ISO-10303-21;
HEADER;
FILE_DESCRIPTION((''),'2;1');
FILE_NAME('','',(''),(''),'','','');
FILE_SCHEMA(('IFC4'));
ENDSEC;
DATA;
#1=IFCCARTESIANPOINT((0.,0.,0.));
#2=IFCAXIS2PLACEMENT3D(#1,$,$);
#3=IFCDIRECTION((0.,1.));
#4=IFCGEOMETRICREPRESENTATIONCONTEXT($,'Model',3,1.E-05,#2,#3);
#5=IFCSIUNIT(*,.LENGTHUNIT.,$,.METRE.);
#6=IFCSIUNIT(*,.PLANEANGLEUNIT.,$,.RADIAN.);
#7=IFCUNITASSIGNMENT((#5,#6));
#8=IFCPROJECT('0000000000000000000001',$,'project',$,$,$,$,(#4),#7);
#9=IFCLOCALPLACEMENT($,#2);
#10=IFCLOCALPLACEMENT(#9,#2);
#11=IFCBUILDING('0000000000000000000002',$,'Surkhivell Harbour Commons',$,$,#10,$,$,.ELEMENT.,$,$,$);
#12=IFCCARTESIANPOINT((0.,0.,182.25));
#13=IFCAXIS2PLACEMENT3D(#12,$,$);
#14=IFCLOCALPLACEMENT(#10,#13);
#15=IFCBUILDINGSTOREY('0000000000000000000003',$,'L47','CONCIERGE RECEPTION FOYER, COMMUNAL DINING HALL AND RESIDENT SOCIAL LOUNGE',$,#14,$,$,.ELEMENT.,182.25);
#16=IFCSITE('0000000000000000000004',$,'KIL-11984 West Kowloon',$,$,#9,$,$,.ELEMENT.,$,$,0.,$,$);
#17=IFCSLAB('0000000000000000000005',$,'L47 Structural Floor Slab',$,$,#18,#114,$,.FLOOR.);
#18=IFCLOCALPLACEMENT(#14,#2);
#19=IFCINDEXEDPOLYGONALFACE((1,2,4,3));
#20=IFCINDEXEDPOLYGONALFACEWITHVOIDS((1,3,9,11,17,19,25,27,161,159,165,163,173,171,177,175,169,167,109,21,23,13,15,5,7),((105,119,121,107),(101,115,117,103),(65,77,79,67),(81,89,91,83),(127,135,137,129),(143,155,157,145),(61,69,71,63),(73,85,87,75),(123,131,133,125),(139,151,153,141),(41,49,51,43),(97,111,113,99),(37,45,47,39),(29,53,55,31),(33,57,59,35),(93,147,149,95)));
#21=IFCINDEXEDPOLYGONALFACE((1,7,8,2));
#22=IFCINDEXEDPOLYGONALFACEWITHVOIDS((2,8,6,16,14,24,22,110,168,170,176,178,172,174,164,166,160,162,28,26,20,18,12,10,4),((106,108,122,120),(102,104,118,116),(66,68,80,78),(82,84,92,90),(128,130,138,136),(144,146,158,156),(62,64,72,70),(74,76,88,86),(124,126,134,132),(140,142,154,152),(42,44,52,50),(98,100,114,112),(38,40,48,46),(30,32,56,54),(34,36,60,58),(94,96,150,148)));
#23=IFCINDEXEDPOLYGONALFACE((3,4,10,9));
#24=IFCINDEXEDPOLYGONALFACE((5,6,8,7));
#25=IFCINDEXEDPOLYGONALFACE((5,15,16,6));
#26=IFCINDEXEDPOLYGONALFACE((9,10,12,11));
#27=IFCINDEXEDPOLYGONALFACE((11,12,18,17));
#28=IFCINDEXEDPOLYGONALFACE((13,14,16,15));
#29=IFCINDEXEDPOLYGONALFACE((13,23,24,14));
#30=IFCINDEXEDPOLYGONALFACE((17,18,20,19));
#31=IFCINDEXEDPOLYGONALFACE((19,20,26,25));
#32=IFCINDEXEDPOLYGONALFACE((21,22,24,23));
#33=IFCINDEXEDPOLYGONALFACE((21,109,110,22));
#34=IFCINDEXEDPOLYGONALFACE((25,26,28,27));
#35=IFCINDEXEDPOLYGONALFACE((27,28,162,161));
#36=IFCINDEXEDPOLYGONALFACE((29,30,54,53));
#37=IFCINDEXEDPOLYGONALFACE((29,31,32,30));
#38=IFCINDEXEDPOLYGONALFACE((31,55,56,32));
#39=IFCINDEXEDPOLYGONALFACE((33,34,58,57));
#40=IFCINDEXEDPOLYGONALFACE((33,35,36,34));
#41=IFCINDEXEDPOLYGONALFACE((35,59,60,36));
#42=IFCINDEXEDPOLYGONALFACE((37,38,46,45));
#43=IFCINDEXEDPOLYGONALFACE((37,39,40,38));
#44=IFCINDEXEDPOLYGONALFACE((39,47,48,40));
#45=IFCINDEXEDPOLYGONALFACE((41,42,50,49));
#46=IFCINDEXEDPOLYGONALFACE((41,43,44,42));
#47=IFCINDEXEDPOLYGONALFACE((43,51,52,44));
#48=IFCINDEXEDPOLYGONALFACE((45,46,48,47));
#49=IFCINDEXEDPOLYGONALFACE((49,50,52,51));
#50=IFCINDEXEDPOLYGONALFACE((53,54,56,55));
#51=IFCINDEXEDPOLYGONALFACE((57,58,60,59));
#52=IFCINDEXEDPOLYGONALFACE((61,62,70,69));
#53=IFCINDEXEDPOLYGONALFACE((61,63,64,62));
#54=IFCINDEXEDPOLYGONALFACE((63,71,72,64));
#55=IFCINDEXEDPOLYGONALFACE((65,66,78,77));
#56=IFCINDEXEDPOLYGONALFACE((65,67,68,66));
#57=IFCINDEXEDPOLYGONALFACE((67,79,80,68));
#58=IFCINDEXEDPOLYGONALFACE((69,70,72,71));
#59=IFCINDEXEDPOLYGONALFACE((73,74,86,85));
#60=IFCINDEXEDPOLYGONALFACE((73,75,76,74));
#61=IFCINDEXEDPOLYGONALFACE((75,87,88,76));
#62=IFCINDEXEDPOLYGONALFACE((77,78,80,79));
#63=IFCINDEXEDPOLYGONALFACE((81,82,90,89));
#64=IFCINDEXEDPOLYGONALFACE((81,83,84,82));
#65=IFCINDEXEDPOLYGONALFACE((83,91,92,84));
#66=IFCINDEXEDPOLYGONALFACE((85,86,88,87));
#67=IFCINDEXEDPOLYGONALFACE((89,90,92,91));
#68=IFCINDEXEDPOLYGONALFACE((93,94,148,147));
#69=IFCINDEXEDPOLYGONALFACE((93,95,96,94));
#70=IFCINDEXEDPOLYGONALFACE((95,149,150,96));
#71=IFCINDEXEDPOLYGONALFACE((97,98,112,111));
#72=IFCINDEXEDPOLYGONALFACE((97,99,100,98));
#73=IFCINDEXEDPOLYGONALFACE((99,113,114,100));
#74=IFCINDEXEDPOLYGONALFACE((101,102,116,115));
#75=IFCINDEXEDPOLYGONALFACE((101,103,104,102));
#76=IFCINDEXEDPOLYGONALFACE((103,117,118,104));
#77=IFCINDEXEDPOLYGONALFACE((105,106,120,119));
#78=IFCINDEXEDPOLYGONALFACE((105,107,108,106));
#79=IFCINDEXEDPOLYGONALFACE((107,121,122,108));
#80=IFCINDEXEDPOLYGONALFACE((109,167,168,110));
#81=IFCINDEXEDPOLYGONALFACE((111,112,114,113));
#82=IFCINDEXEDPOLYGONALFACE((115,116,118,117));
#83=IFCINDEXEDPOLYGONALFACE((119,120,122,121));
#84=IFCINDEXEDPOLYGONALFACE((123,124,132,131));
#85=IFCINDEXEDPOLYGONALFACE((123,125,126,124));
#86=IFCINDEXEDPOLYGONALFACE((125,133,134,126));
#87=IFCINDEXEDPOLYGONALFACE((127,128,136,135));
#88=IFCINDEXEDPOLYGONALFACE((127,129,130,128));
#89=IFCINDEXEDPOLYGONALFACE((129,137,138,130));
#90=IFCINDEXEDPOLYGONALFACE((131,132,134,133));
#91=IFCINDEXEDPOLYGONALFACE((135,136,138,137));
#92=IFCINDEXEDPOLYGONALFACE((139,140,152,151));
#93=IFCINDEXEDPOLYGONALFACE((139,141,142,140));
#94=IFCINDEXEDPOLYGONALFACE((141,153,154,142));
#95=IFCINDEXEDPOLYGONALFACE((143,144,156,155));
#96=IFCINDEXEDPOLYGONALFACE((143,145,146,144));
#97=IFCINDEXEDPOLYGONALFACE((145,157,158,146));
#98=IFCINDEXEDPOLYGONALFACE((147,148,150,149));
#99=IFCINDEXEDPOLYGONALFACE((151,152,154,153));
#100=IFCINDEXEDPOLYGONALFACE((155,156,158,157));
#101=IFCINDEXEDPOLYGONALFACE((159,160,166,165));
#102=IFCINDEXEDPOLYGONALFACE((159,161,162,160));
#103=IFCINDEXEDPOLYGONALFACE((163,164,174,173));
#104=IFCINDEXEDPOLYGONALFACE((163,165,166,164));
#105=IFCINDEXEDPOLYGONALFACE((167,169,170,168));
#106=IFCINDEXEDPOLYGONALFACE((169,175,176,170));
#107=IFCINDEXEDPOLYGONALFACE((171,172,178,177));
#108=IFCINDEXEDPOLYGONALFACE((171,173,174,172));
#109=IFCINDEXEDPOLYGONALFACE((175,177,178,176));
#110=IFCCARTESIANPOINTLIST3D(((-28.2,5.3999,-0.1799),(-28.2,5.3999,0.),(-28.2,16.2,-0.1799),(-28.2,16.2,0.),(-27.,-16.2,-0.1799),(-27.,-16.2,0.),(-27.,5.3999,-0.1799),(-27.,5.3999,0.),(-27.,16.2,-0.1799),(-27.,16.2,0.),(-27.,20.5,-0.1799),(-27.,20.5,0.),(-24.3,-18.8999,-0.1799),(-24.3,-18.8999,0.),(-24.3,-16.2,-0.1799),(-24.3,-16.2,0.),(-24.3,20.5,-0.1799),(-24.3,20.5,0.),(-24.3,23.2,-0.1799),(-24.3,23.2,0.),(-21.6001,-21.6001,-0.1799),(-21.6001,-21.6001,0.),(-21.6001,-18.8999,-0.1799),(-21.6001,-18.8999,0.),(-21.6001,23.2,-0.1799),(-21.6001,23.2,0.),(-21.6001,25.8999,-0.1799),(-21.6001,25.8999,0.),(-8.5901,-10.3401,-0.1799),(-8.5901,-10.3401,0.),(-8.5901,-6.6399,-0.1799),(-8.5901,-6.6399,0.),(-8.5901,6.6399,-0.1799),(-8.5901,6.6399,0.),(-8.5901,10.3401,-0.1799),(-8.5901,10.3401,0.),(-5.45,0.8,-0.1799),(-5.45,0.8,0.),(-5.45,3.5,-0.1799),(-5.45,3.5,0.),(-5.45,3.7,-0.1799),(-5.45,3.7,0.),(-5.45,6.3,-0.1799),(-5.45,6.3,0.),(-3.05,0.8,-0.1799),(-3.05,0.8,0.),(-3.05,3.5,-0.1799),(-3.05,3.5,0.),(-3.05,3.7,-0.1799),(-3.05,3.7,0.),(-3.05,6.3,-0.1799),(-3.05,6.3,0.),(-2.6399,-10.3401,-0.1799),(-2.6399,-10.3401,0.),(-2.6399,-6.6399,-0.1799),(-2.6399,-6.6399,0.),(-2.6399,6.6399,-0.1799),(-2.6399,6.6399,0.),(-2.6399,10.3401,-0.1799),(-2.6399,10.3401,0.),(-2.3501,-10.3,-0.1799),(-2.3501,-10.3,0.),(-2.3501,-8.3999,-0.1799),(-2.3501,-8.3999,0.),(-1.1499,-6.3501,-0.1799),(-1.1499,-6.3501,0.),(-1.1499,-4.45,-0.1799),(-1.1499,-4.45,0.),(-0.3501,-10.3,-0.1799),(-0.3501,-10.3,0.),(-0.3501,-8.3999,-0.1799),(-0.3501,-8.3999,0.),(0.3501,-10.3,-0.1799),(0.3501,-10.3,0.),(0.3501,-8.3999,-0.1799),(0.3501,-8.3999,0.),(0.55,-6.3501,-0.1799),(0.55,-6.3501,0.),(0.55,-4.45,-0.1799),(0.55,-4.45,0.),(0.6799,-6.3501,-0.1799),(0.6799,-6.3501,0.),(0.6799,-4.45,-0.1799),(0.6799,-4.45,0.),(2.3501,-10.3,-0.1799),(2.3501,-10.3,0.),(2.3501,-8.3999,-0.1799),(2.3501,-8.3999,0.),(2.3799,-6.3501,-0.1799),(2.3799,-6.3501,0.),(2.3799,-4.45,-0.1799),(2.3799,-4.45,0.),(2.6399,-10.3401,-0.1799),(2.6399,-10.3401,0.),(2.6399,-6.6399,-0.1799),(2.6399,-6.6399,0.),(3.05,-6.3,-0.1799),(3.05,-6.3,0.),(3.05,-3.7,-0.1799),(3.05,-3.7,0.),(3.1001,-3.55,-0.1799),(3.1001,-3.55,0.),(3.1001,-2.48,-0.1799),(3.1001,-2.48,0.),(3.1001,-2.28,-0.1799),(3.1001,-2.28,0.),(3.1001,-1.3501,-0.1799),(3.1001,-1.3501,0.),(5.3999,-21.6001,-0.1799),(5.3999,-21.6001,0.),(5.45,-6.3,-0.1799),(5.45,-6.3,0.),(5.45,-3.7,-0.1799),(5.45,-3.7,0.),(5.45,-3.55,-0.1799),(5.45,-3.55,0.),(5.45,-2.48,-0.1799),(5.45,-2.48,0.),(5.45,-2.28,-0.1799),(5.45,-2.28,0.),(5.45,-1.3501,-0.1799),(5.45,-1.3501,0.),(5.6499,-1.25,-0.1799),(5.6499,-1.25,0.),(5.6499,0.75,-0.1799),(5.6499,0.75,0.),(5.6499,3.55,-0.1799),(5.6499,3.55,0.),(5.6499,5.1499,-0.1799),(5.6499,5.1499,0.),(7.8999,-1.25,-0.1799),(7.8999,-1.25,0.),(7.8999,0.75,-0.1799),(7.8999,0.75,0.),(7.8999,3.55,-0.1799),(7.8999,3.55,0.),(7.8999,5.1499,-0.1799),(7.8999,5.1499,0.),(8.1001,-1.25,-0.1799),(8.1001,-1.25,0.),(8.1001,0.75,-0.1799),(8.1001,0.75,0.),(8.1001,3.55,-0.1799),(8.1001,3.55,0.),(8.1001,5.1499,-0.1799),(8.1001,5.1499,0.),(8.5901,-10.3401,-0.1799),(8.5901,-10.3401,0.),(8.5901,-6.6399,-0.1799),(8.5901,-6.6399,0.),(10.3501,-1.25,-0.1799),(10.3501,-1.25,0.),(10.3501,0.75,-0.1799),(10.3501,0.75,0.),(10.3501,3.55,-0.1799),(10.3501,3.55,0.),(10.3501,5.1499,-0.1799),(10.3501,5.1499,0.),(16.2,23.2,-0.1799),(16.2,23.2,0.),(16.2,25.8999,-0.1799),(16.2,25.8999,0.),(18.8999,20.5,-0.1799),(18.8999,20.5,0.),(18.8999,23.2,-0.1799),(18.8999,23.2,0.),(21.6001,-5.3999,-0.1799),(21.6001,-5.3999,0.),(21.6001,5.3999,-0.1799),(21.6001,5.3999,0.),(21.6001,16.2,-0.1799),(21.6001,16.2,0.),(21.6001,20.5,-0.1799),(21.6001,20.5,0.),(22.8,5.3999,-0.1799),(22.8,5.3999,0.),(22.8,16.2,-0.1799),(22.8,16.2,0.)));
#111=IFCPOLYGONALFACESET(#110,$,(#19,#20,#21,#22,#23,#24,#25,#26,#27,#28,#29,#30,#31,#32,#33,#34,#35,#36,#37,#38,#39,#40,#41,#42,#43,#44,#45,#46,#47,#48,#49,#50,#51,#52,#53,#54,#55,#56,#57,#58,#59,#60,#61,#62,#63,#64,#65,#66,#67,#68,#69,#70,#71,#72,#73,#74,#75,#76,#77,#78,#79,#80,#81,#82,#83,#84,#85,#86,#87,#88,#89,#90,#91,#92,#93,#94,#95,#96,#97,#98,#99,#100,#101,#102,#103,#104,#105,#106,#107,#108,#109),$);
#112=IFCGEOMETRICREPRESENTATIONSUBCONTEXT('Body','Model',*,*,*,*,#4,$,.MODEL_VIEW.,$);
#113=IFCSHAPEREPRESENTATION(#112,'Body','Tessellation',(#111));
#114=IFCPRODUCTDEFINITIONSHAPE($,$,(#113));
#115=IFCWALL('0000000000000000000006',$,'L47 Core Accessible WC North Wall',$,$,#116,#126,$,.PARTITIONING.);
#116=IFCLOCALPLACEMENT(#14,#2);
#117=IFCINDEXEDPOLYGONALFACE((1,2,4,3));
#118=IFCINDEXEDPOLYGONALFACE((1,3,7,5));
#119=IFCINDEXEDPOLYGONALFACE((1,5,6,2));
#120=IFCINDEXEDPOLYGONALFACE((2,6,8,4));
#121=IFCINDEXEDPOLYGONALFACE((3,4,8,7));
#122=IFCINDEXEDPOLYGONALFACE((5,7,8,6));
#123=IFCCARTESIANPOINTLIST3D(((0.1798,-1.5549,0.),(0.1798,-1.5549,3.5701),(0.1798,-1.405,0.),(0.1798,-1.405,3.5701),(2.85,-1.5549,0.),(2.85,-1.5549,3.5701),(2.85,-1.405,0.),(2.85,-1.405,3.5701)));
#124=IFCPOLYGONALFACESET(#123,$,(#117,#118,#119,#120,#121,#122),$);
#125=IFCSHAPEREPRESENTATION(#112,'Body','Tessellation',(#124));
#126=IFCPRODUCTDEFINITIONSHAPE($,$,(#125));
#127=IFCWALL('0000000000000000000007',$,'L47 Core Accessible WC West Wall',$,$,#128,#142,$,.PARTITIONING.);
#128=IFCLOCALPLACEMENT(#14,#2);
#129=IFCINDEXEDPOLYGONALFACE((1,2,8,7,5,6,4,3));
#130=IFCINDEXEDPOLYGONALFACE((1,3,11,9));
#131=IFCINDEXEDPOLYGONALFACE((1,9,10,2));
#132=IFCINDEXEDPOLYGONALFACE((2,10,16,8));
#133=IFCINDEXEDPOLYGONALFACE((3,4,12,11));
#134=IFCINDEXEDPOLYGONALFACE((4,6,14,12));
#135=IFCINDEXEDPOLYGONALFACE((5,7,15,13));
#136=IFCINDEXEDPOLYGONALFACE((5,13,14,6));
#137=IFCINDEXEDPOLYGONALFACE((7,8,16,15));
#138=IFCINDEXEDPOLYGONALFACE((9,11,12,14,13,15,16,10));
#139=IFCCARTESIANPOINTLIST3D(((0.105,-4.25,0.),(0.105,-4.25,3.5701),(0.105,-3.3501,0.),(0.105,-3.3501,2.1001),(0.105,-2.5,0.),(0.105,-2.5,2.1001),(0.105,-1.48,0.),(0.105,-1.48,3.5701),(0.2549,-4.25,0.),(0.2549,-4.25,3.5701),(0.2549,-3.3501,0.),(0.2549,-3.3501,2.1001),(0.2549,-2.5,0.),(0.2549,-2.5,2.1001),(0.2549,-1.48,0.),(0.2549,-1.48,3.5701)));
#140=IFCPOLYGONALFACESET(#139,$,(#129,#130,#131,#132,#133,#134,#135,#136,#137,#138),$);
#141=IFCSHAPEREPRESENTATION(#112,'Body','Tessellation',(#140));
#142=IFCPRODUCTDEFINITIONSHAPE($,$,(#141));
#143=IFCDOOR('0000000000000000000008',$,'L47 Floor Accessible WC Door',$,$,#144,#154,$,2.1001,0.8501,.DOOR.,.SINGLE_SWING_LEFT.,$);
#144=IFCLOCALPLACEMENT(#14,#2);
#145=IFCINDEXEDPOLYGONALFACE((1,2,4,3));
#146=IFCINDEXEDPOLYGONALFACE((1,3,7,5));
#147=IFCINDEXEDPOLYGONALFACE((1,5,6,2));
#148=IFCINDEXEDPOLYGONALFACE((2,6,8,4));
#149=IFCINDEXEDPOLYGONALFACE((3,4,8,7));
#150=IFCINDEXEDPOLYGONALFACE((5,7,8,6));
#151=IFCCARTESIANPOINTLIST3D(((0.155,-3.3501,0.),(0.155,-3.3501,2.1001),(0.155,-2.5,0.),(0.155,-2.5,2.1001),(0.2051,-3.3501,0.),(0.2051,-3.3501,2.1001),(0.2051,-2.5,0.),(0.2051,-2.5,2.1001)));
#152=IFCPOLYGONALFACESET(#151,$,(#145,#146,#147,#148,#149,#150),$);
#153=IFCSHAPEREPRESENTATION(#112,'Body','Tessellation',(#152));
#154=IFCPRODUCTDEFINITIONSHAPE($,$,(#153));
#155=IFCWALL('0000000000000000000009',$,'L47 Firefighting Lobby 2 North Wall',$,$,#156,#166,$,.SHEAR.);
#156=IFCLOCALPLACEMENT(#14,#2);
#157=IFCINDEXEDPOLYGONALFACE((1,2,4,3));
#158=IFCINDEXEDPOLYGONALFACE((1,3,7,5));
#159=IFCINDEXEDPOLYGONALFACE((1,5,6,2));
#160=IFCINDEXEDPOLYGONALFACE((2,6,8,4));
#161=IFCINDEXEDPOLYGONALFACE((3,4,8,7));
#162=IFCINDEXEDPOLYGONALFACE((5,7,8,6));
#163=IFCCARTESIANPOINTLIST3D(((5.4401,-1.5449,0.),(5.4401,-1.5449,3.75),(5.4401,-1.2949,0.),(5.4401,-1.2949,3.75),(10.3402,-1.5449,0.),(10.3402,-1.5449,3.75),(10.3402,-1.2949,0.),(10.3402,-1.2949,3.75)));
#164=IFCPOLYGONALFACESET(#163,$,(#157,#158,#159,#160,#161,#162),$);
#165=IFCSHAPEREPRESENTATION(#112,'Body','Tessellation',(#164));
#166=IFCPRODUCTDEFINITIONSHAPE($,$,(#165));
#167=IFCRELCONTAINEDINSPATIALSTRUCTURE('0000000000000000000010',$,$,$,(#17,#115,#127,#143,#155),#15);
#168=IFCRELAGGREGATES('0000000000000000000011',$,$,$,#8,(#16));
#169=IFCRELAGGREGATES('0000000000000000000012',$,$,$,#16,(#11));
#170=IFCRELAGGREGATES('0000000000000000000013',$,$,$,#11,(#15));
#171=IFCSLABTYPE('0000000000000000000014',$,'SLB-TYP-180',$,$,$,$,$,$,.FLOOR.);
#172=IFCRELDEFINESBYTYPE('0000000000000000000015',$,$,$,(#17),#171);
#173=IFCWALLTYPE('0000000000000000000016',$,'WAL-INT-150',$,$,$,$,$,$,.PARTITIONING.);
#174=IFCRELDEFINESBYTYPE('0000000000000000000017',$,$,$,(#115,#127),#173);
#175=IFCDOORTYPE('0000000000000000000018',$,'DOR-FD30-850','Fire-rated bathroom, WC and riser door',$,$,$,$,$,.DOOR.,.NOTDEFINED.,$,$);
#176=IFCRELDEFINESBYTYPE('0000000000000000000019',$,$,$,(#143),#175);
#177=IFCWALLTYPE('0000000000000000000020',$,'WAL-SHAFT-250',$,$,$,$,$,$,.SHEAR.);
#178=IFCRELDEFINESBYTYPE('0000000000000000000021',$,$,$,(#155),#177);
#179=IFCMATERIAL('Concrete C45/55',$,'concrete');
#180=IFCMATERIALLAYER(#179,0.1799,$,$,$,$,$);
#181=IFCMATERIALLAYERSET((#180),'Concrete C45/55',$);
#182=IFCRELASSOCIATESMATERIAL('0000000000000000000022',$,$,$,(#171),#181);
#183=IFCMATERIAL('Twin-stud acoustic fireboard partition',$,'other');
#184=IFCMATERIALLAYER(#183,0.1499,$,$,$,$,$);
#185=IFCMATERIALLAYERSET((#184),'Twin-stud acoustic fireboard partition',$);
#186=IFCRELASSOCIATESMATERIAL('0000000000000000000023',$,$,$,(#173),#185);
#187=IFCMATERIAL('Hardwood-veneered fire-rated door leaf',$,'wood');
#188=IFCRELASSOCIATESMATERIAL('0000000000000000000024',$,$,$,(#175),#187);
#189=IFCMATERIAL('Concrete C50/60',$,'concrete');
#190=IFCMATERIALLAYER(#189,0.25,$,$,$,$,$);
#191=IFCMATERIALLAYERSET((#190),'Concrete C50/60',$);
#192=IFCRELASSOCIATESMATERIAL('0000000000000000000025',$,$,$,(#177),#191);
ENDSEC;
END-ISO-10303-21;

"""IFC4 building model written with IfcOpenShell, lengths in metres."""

from ifc_helpers import new_model, si_unit, direction, frame, frame_2d, origin, place, context, subcontext, project, spatial, polyline, rectangle, outline, extrude, material, layer, layer_set, type_object, element, fill, save


model = new_model("IFC4")

# Units and contexts
model_context = context("Model", 3, precision=1e-05, world=origin(), true_north=direction((0.0, 1.0)))
body_context = subcontext(model_context, "Body", "Model", "MODEL_VIEW")
ifc_project = project(units=[si_unit("LENGTHUNIT", "METRE"), si_unit("PLANEANGLEUNIT", "RADIAN")], contexts=[model_context])

# Site, building, storey
site_placement = place(None, origin())
site = spatial("IfcSite", under=ifc_project, at=site_placement, Name="KIL-11984 West Kowloon", CompositionType="ELEMENT", RefElevation=0.0)
building_placement = place(site_placement, origin())
building = spatial("IfcBuilding", under=site, at=building_placement, Name="Surkhivell Harbour Commons", CompositionType="ELEMENT")
storey_placement = place(building_placement, frame((0.0, 0.0, 182.25)))
storey = spatial("IfcBuildingStorey", under=building, at=storey_placement, Name="L47", Description="CONCIERGE RECEPTION FOYER, COMMUNAL DINING HALL AND RESIDENT SOCIAL LOUNGE", CompositionType="ELEMENT", Elevation=182.25)

# Shared definitions
ifc_material_1 = material(Name="Concrete C45/55", Category="concrete")

# Slab
ifc_layer_1 = layer(ifc_material_1, 0.1799)
ifc_layer_set_1 = layer_set([ifc_layer_1], Name="Concrete C45/55")
slab_type_1 = type_object("IfcSlabType", Name="SLB-TYP-180", PredefinedType="FLOOR", material=ifc_layer_set_1)
slab_1_placement = place(storey_placement, frame((0.0, 0.0, -0.1799)))
element("IfcSlab", 1, at=slab_1_placement, inside=storey, type_object=slab_type_1, Name="L47 Structural Floor Slab", PredefinedType="FLOOR", context=body_context, shape_type="SweptSolid", body=[
    extrude(outline(polyline([(-27.0, 20.5), (-27.0, 16.2), (-28.2, 16.2), (-28.2, 5.3999), (-27.0, 5.3999), (-27.0, -16.2), (-24.3, -16.2), (-24.3, -18.8999), (-21.6001, -18.8999), (-21.6001, -21.6001), (5.3999, -21.6001), (21.6001, -5.3999), (21.6001, 5.3999), (22.8, 5.3999), (22.8, 16.2), (21.6001, 16.2), (21.6001, 20.5), (18.8999, 20.5), (18.8999, 23.2), (16.2, 23.2), (16.2, 25.8999), (-21.6001, 25.8999), (-21.6001, 23.2), (-24.3, 23.2), (-24.3, 20.5), (-27.0, 20.5)]), holes=[polyline([(-8.5901, 6.6399), (-2.6399, 6.6399), (-2.6399, 10.3401), (-8.5901, 10.3401), (-8.5901, 6.6399)]), polyline([(8.5901, -6.6399), (2.6399, -6.6399), (2.6399, -10.3401), (8.5901, -10.3401), (8.5901, -6.6399)]), polyline([(-8.5901, -10.3401), (-2.6399, -10.3401), (-2.6399, -6.6399), (-8.5901, -6.6399), (-8.5901, -10.3401)]), polyline([(5.6499, 3.55), (7.8999, 3.55), (7.8999, 5.1499), (5.6499, 5.1499), (5.6499, 3.55)]), polyline([(8.1001, 3.55), (10.3501, 3.55), (10.3501, 5.1499), (8.1001, 5.1499), (8.1001, 3.55)]), polyline([(5.6499, -1.25), (7.8999, -1.25), (7.8999, 0.75), (5.6499, 0.75), (5.6499, -1.25)]), polyline([(8.1001, -1.25), (10.3501, -1.25), (10.3501, 0.75), (8.1001, 0.75), (8.1001, -1.25)]), polyline([(-1.1499, -6.3501), (0.55, -6.3501), (0.55, -4.45), (-1.1499, -4.45), (-1.1499, -6.3501)]), polyline([(0.6799, -6.3501), (2.3799, -6.3501), (2.3799, -4.45), (0.6799, -4.45), (0.6799, -6.3501)]), polyline([(-2.3501, -10.3), (-0.3501, -10.3), (-0.3501, -8.3999), (-2.3501, -8.3999), (-2.3501, -10.3)]), polyline([(0.3501, -10.3), (2.3501, -10.3), (2.3501, -8.3999), (0.3501, -8.3999), (0.3501, -10.3)]), polyline([(-5.45, 3.7), (-3.05, 3.7), (-3.05, 6.3), (-5.45, 6.3), (-5.45, 3.7)]), polyline([(3.05, -6.3), (5.45, -6.3), (5.45, -3.7), (3.05, -3.7), (3.05, -6.3)]), polyline([(-5.45, 0.8), (-3.05, 0.8), (-3.05, 3.5), (-5.45, 3.5), (-5.45, 0.8)]), polyline([(3.1001, -3.55), (5.45, -3.55), (5.45, -2.48), (3.1001, -2.48), (3.1001, -3.55)]), polyline([(3.1001, -2.28), (5.45, -2.28), (5.45, -1.3501), (3.1001, -1.3501), (3.1001, -2.28)])]), origin(), (0.0, 0.0, 1.0), 0.1799),
])

# Wall
ifc_material_2 = material(Name="Twin-stud acoustic fireboard partition", Category="other")
ifc_layer_2 = layer(ifc_material_2, 0.1499)
ifc_layer_set_2 = layer_set([ifc_layer_2], Name="Twin-stud acoustic fireboard partition")
wall_type_1 = type_object("IfcWallType", Name="WAL-INT-150", PredefinedType="PARTITIONING", material=ifc_layer_set_2)
wall_1_placement = place(storey_placement, frame((0.1799, -1.48, 0.0), z_axis=(0.0, 0.0, 1.0), x_axis=(1.0, 0.0, 0.0)))
element("IfcWall", 2, at=wall_1_placement, inside=storey, type_object=wall_type_1, Name="L47 Core Accessible WC North Wall", PredefinedType="PARTITIONING", context=body_context, shape_type="SweptSolid", body=[
    extrude(rectangle(XDim=2.6702, YDim=0.1499, at=frame_2d((1.335, 0.0))), origin(), (0.0, 0.0, 1.0), 3.5701),
])

# Wall, opening, door
wall_2_placement = place(storey_placement, frame((0.1799, -4.25, 0.0), z_axis=(0.0, 0.0, 1.0), x_axis=(0.0, 1.0, 0.0)))
wall_2 = element("IfcWall", 3, at=wall_2_placement, inside=storey, type_object=wall_type_1, Name="L47 Core Accessible WC West Wall", PredefinedType="PARTITIONING", context=body_context, shape_type="SweptSolid", body=[
    extrude(rectangle(XDim=2.77, YDim=0.1499, at=frame_2d((1.385, 0.0))), origin(), (0.0, 0.0, 1.0), 3.5701),
])
opening_1_placement = place(wall_2_placement, frame((0.8999, 0.0, 0.0)))
opening_1 = element("IfcOpeningElement", 4, at=opening_1_placement, cuts=wall_2, PredefinedType="OPENING", context=body_context, shape_type="SweptSolid", body=[
    extrude(rectangle(XDim=0.8501, YDim=2.1001, at=frame_2d((0.425, 1.05))), frame((0.0, 0.085, 0.0), z_axis=(0.0, -1.0, 0.0), x_axis=(1.0, 0.0, 0.0)), (0.0, 0.0, 1.0), 0.1699),
])
ifc_material_3 = material(Name="Hardwood-veneered fire-rated door leaf", Category="wood")
door_type = type_object("IfcDoorType", Name="DOR-FD30-850", Description="Fire-rated bathroom, WC and riser door", OperationType="NOTDEFINED", PredefinedType="DOOR", material=ifc_material_3)
door_1_placement = place(opening_1_placement, origin())
door_1 = element("IfcDoor", 5, at=door_1_placement, inside=storey, type_object=door_type, Name="L47 Floor Accessible WC Door", OperationType="SINGLE_SWING_LEFT", OverallHeight=2.1001, OverallWidth=0.8501, PredefinedType="DOOR", context=body_context, shape_type="SweptSolid", body=[
    extrude(rectangle(XDim=0.8501, YDim=2.1001, at=frame_2d((0.425, 1.05))), frame((0.0, 0.0249, 0.0), z_axis=(0.0, -1.0, 0.0), x_axis=(1.0, 0.0, 0.0)), (0.0, 0.0, 1.0), 0.05),
])
fill(opening_1, door_1)

# Wall
ifc_material_4 = material(Name="Concrete C50/60", Category="concrete")
ifc_layer_3 = layer(ifc_material_4, 0.25)
ifc_layer_set_3 = layer_set([ifc_layer_3], Name="Concrete C50/60")
wall_type_2 = type_object("IfcWallType", Name="WAL-SHAFT-250", PredefinedType="SHEAR", material=ifc_layer_set_3)
wall_3_placement = place(storey_placement, frame((5.4399, -1.4199, 0.0), z_axis=(0.0, 0.0, 1.0), x_axis=(1.0, 0.0, 0.0)))
element("IfcWall", 6, at=wall_3_placement, inside=storey, type_object=wall_type_2, Name="L47 Firefighting Lobby 2 North Wall", PredefinedType="SHEAR", context=body_context, shape_type="SweptSolid", body=[
    extrude(rectangle(XDim=4.9001, YDim=0.25, at=frame_2d((2.4502, 0.0))), origin(), (0.0, 0.0, 1.0), 3.75),
])

save(model, "model.ifc")
